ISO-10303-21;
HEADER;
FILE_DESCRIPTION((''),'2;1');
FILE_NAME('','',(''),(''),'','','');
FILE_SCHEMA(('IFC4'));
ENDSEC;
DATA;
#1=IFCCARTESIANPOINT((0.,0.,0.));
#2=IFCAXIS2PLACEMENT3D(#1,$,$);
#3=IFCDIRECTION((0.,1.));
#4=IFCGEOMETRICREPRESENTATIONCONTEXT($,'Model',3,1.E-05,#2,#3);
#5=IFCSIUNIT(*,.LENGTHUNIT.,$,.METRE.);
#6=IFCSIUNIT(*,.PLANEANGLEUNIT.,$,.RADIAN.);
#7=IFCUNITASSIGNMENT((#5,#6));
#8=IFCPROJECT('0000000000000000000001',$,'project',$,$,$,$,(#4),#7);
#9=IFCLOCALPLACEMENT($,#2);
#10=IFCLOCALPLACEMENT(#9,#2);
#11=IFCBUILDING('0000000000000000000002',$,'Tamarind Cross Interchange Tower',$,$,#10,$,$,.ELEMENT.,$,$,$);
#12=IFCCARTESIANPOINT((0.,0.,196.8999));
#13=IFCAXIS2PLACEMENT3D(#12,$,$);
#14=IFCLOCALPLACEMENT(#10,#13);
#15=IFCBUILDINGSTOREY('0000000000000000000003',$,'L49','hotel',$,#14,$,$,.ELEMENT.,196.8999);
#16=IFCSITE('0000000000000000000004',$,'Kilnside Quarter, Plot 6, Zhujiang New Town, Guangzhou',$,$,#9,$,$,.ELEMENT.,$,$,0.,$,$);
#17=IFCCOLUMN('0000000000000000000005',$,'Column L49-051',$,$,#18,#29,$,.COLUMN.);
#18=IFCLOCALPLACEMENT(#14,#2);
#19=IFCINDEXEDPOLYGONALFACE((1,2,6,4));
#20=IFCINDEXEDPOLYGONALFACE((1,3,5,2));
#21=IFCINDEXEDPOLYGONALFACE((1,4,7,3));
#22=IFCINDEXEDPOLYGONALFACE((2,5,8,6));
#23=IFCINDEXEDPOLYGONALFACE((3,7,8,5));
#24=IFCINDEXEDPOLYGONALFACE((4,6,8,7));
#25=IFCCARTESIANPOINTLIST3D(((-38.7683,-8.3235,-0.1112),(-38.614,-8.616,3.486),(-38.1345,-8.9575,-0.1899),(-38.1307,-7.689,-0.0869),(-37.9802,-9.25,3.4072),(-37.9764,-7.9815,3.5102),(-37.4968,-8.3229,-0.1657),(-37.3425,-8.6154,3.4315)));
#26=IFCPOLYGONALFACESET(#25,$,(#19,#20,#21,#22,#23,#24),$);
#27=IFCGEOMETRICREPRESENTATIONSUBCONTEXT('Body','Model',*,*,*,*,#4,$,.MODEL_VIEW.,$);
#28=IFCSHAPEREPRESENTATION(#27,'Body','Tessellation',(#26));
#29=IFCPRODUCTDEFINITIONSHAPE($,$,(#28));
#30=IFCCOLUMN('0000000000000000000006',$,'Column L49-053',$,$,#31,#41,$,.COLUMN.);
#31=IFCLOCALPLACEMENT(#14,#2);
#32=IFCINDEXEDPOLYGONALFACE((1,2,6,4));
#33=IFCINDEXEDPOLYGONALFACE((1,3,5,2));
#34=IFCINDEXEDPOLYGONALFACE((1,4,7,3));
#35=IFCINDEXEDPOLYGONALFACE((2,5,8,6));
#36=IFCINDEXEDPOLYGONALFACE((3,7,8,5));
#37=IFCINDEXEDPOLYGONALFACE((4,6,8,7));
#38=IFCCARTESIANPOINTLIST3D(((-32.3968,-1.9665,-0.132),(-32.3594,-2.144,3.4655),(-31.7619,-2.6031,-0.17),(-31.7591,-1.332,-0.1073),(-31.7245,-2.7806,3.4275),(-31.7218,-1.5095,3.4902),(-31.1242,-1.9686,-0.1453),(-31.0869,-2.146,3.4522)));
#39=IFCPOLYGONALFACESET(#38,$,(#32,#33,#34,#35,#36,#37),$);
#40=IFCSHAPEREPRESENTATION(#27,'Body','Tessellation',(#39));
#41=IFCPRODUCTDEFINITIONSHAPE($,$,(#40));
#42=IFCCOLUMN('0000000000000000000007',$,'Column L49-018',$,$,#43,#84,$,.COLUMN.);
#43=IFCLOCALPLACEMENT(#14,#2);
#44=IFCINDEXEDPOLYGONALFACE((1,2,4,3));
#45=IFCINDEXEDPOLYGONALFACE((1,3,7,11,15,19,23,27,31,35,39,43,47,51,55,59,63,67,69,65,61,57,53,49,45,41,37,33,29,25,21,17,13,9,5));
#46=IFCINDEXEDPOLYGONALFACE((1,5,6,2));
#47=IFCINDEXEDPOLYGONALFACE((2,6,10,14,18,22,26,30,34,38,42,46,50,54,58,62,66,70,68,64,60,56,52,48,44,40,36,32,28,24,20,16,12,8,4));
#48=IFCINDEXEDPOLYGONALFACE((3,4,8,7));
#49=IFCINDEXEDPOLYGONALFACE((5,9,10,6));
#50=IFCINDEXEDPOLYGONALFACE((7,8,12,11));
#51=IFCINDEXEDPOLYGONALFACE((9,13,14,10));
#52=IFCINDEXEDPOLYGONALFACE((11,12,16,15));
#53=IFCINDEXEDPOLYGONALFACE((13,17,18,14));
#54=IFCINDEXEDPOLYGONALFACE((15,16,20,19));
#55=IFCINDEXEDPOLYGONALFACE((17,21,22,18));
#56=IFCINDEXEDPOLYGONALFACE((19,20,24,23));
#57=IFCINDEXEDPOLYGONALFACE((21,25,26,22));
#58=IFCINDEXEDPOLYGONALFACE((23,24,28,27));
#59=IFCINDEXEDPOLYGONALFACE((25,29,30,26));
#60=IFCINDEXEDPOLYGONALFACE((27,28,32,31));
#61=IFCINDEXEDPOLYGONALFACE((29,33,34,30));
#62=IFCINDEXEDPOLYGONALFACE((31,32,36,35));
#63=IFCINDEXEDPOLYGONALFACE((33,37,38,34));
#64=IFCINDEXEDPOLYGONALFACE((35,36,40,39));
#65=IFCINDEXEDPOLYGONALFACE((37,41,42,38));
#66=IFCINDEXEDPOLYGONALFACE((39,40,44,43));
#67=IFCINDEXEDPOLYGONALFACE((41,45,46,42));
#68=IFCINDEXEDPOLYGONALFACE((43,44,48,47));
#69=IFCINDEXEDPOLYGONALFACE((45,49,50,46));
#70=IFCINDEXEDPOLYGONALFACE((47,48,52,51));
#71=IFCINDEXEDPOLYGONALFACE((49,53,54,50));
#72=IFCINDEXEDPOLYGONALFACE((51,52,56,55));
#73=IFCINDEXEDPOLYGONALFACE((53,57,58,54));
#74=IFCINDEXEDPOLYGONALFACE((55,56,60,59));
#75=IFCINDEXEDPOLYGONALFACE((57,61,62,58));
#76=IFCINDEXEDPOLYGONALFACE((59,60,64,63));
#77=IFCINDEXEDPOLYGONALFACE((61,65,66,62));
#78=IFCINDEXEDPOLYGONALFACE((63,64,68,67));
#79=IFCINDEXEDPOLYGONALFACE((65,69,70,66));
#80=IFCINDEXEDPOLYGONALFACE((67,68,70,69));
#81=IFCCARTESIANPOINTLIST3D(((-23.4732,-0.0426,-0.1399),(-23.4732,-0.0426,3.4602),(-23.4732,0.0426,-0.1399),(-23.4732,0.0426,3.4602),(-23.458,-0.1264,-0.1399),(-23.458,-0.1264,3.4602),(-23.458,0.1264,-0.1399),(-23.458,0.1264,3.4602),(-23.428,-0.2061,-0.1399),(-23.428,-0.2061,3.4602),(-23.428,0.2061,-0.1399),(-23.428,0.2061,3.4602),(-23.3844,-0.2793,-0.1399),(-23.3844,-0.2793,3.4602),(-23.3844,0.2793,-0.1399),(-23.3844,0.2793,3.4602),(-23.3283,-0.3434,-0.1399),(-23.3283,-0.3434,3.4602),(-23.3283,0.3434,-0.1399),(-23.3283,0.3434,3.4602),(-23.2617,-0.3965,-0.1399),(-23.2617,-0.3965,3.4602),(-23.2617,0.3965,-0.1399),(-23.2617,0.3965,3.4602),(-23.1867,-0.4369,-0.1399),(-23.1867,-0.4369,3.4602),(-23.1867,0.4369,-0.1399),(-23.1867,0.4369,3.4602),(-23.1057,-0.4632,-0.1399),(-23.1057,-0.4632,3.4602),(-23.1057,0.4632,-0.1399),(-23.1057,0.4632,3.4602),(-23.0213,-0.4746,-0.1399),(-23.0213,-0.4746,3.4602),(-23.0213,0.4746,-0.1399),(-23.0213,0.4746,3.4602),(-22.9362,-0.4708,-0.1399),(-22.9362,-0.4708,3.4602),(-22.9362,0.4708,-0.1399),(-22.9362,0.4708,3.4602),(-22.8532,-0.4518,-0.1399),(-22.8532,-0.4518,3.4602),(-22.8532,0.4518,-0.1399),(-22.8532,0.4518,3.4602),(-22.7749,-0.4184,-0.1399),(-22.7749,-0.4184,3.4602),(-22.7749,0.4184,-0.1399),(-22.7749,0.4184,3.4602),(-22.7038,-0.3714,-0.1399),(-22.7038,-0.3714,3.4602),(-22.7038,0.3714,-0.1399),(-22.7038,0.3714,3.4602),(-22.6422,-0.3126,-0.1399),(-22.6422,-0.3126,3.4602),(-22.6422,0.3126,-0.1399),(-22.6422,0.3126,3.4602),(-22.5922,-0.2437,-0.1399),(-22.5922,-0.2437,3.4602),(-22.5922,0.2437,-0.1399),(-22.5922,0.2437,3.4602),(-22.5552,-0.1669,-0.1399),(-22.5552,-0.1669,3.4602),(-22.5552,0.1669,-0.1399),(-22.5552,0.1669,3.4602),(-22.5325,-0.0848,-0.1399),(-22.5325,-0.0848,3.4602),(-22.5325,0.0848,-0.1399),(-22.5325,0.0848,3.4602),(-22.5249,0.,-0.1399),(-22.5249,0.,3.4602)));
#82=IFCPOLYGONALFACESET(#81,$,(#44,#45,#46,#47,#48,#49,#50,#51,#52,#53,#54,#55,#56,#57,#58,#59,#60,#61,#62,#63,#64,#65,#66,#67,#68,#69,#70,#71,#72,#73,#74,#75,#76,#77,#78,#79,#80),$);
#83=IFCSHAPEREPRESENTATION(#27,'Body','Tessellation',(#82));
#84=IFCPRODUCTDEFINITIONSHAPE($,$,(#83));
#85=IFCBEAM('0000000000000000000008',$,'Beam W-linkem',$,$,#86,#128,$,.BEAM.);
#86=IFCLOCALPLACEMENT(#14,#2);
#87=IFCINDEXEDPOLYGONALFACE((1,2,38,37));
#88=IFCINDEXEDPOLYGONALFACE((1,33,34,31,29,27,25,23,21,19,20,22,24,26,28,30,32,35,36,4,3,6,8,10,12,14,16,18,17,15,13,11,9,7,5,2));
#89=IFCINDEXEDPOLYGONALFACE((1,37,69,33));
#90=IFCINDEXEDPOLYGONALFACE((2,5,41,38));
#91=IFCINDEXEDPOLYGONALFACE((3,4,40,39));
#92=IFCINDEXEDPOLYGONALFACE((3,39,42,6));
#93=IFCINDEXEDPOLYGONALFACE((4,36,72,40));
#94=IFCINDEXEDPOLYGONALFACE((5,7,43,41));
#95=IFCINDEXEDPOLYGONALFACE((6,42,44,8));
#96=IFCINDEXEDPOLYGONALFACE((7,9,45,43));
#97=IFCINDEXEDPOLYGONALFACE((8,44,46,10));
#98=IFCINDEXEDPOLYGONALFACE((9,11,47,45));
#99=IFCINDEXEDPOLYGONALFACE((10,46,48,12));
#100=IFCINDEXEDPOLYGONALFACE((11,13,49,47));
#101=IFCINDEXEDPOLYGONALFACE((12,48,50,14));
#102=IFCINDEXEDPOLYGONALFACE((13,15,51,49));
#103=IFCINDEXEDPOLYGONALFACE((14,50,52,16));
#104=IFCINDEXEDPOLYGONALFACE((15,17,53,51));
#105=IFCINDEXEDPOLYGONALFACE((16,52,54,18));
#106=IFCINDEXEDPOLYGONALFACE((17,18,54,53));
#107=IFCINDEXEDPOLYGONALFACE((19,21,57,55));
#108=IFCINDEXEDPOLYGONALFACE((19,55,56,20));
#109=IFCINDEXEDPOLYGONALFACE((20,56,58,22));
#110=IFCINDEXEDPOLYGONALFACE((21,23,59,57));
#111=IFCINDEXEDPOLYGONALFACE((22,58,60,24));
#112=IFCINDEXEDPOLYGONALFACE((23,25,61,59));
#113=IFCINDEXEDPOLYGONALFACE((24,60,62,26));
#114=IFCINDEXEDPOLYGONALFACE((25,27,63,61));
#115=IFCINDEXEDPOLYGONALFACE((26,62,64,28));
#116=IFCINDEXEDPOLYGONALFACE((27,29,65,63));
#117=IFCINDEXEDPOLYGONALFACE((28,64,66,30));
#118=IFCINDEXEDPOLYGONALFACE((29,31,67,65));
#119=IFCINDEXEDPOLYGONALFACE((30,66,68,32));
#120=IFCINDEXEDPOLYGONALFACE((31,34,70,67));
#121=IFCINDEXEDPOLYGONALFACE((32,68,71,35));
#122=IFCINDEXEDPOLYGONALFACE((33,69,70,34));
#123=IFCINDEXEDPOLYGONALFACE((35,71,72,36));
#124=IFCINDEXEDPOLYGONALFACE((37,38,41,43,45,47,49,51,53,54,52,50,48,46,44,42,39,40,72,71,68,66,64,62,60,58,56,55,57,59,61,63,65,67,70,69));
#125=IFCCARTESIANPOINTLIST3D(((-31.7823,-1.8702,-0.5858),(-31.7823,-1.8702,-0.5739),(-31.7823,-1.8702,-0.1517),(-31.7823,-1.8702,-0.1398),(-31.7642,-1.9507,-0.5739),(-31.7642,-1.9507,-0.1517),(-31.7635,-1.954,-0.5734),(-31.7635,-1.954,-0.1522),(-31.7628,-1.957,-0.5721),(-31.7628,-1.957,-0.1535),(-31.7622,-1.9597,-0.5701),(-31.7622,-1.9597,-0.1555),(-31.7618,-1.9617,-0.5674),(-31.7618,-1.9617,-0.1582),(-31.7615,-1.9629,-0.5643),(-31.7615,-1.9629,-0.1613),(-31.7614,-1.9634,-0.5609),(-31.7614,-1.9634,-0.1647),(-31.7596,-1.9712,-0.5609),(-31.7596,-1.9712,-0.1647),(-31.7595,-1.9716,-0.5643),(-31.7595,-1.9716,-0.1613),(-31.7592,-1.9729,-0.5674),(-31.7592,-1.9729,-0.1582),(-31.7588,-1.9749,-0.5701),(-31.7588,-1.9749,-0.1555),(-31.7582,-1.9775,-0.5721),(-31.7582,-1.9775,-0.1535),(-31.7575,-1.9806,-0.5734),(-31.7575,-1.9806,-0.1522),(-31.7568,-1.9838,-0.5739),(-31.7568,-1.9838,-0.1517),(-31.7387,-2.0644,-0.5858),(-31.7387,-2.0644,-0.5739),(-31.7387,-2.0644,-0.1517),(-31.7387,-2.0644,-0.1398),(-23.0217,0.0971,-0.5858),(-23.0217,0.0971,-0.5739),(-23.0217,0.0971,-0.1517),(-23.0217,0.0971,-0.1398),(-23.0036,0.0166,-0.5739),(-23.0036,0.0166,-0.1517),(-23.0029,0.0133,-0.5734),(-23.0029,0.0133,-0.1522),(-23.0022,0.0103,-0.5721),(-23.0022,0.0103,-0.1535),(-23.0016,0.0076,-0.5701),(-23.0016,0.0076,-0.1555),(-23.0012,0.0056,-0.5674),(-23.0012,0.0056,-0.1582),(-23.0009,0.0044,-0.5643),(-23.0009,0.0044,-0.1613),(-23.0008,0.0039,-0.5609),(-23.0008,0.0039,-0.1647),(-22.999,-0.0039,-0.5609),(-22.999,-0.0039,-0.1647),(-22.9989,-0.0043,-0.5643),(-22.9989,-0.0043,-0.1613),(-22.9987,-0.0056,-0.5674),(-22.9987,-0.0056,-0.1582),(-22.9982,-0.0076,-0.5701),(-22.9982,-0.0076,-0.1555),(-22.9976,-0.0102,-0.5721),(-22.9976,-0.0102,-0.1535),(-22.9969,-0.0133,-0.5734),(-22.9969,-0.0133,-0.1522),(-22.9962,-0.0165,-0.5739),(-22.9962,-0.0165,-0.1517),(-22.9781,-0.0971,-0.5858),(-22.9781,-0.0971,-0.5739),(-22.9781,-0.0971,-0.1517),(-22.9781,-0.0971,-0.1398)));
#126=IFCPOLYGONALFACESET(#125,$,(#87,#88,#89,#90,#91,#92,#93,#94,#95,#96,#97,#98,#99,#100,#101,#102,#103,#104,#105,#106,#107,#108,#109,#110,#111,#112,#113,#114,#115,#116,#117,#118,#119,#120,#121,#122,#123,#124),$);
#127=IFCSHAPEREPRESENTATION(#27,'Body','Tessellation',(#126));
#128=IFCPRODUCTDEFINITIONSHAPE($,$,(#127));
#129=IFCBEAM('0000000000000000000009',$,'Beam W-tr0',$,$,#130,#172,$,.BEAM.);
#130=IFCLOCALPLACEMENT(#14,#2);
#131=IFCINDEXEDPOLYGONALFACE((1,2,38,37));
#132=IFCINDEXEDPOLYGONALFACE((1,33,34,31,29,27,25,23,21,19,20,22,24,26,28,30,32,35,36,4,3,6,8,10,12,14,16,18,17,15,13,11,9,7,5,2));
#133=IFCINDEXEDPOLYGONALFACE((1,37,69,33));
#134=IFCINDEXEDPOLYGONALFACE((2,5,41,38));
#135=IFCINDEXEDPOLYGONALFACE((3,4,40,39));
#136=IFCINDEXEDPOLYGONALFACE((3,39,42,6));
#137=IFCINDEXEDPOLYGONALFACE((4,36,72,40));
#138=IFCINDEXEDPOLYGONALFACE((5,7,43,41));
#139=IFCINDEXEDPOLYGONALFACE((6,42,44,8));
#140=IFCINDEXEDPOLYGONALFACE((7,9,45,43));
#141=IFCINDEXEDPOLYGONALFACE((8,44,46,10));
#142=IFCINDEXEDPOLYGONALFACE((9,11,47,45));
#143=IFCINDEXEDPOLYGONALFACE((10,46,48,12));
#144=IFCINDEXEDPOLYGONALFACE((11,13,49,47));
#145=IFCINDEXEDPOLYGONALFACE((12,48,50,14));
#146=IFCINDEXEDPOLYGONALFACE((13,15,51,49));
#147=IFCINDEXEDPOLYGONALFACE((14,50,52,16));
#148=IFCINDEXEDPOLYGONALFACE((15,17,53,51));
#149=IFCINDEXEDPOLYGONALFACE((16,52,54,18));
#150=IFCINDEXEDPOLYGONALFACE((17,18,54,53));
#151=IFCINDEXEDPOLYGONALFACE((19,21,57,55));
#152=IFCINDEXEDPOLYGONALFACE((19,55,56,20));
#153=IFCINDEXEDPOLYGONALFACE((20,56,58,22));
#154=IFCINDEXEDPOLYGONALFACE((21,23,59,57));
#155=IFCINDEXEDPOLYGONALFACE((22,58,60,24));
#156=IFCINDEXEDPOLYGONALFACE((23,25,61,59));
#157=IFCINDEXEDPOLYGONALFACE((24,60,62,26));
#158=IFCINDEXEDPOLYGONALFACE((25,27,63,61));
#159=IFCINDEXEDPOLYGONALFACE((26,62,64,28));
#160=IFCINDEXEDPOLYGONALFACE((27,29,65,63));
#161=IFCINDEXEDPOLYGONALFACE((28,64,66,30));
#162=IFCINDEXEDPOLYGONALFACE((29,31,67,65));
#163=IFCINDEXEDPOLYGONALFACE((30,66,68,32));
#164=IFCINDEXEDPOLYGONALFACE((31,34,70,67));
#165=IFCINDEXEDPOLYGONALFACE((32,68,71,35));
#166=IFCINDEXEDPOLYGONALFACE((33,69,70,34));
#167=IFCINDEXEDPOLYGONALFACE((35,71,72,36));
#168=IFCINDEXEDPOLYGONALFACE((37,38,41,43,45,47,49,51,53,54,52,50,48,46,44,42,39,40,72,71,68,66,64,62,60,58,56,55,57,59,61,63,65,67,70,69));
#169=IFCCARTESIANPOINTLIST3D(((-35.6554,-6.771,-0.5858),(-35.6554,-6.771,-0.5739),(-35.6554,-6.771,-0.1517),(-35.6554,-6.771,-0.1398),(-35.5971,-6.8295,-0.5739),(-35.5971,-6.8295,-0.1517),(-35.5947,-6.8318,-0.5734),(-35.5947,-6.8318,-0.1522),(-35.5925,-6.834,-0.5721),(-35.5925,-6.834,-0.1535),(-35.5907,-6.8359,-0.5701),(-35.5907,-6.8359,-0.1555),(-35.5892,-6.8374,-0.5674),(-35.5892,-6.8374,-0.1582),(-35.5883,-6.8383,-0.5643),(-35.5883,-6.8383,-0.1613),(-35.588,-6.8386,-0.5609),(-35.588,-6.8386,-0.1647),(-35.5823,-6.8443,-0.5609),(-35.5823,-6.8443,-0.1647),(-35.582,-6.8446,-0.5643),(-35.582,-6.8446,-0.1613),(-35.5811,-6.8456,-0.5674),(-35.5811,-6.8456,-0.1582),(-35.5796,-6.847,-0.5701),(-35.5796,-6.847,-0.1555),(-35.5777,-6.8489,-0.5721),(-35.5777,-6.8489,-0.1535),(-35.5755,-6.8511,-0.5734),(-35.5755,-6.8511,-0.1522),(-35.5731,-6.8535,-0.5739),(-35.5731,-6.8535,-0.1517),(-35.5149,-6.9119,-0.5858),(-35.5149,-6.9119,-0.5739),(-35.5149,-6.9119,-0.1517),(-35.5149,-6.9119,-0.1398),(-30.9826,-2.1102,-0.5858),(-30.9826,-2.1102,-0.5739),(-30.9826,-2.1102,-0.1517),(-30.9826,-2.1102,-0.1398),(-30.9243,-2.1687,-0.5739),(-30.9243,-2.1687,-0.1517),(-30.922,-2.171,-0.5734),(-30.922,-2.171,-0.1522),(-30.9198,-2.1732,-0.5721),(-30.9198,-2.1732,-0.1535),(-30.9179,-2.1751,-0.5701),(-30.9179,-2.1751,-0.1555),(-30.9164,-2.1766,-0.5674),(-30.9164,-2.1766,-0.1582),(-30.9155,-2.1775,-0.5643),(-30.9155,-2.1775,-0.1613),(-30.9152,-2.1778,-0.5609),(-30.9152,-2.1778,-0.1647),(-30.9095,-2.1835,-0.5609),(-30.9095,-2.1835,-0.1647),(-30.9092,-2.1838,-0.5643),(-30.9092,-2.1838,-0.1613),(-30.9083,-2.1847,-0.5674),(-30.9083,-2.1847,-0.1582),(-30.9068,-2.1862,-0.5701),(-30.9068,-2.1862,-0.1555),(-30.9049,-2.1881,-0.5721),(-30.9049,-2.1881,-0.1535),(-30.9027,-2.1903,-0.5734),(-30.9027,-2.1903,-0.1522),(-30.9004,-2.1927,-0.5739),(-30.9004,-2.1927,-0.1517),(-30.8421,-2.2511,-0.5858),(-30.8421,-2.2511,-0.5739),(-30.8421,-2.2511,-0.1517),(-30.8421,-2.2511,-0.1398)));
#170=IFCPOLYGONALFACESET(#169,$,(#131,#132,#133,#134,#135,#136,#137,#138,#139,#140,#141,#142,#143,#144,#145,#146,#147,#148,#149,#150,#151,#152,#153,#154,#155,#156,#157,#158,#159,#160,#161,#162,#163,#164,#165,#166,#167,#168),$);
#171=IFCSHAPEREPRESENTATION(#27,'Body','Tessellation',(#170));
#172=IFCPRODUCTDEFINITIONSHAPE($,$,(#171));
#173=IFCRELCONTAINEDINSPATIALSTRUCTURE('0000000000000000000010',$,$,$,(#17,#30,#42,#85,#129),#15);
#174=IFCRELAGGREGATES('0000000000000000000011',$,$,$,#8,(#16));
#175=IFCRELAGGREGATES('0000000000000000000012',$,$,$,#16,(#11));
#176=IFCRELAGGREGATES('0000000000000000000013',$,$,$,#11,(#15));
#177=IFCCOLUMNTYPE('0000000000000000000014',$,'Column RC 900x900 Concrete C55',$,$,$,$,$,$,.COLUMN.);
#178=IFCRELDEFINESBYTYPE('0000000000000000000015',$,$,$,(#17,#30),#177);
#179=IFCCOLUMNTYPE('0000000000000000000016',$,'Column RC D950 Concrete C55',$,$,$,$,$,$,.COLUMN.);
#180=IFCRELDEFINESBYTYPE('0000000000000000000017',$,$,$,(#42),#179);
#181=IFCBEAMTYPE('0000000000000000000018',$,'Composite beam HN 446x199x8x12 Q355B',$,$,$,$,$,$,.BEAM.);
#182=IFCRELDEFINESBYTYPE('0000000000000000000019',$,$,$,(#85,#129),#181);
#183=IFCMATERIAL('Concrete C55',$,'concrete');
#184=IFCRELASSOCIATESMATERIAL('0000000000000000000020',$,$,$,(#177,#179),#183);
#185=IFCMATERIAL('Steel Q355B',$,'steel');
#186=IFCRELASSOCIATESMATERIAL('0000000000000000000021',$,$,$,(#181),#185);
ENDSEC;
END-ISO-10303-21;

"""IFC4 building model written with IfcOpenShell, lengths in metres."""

from ifc_helpers import new_model, si_unit, direction, frame, origin, origin_2d, place, context, subcontext, project, spatial, rectangle, circle, i_section, extrude, material, material_profile, profile_set, type_object, element, save


model = new_model("IFC4")

# Units and contexts
model_context = context("Model", 3, precision=1e-05, world=origin(), true_north=direction((0.0, 1.0)))
body_context = subcontext(model_context, "Body", "Model", "MODEL_VIEW")
ifc_project = project(units=[si_unit("LENGTHUNIT", "METRE"), si_unit("PLANEANGLEUNIT", "RADIAN")], contexts=[model_context])

# Site, building, storey
site_placement = place(None, origin())
site = spatial("IfcSite", under=ifc_project, at=site_placement, Name="Kilnside Quarter, Plot 6, Zhujiang New Town, Guangzhou", CompositionType="ELEMENT", RefElevation=0.0)
building_placement = place(site_placement, origin())
building = spatial("IfcBuilding", under=site, at=building_placement, Name="Tamarind Cross Interchange Tower", CompositionType="ELEMENT")
storey_placement = place(building_placement, frame((0.0, 0.0, 196.8999)))
storey = spatial("IfcBuildingStorey", under=building, at=storey_placement, Name="L49", Description="hotel", CompositionType="ELEMENT", Elevation=196.8999)

# Columns
ifc_material_1 = material(Name="Concrete C55", Category="concrete")
ifc_material_profile_1 = material_profile(ifc_material_1, rectangle(XDim=0.8999, YDim=0.8999, at=origin_2d()), Name="RC 900x900")
ifc_profile_set_1 = profile_set([ifc_material_profile_1], Name="Concrete C55")
column_type_1 = type_object("IfcColumnType", Name="Column RC 900x900 Concrete C55", PredefinedType="COLUMN", material=ifc_profile_set_1)
column_1_placement = place(storey_placement, frame((-38.1326, -8.3232, -0.1384), z_axis=(0.042714, -0.080967, 0.995801), x_axis=(0.708574, 0.705122, 0.026939)))
element("IfcColumn", 1, at=column_1_placement, inside=storey, type_object=column_type_1, Name="Column L49-051", PredefinedType="COLUMN", context=body_context, shape_type="SweptSolid", body=[
    extrude(rectangle(XDim=0.8999, YDim=0.8999, at=origin_2d()), origin(), (0.0, 0.0, 1.0), 3.6123),
])
column_2_placement = place(storey_placement, frame((-31.7605, -1.9675, -0.1387), z_axis=(0.01037, -0.049276, 0.998731), x_axis=(0.708571, 0.705106, 0.027431)))
element("IfcColumn", 2, at=column_2_placement, inside=storey, type_object=column_type_1, Name="Column L49-053", PredefinedType="COLUMN", context=body_context, shape_type="SweptSolid", body=[
    extrude(rectangle(XDim=0.8999, YDim=0.8999, at=origin_2d()), origin(), (0.0, 0.0, 1.0), 3.6021),
])
ifc_material_profile_2 = material_profile(ifc_material_1, circle(Radius=0.4751, at=origin_2d()), Name="RC D950")
ifc_profile_set_2 = profile_set([ifc_material_profile_2], Name="Concrete C55")
column_type_2 = type_object("IfcColumnType", Name="Column RC D950 Concrete C55", PredefinedType="COLUMN", material=ifc_profile_set_2)
column_3_placement = place(storey_placement, frame((-23.0, 0.0, -0.1399), z_axis=(0.0, 0.0, 1.0), x_axis=(1.0, 0.0, 0.0)))
element("IfcColumn", 3, at=column_3_placement, inside=storey, type_object=column_type_2, Name="Column L49-018", PredefinedType="COLUMN", context=body_context, shape_type="SweptSolid", body=[
    extrude(circle(Radius=0.4751, at=origin_2d()), origin(), (0.0, 0.0, 1.0), 3.6001),
])

# Beams
ifc_material_2 = material(Name="Steel Q355B", Category="steel")
ifc_material_profile_3 = material_profile(ifc_material_2, i_section(OverallWidth=0.199, OverallDepth=0.446, WebThickness=0.0081, FlangeThickness=0.012, FilletRadius=0.0129, at=origin_2d()), Name="HN 446x199x8x12")
ifc_profile_set_3 = profile_set([ifc_material_profile_3], Name="Steel Q355B")
beam_type_1 = type_object("IfcBeamType", Name="Composite beam HN 446x199x8x12 Q355B", PredefinedType="BEAM", material=ifc_profile_set_3)
beam_1_placement = place(storey_placement, frame((-31.7605, -1.9673, -0.3628), z_axis=(0.975701, 0.219106, 0.0), x_axis=(-0.219106, 0.975701, 0.0)))
element("IfcBeam", 4, at=beam_1_placement, inside=storey, type_object=beam_type_1, Name="Beam W-linkem", PredefinedType="BEAM", context=body_context, shape_type="SweptSolid", body=[
    extrude(i_section(OverallWidth=0.199, OverallDepth=0.446, WebThickness=0.0081, FlangeThickness=0.012, FilletRadius=0.0129, at=origin_2d()), origin(), (0.0, 0.0, 1.0), 8.9788),
])
for number, where, z_axis, x_axis, name in (
    (5, (-30.9124, -2.1807, -0.3628), (-0.708012, -0.7062, 0.0), (0.7062, -0.708012, 0.0), "Beam W-tr0"),
):
    element("IfcBeam", number, at=place(storey_placement, frame(where, z_axis=z_axis, x_axis=x_axis)), inside=storey, type_object=beam_type_1, Name=name, PredefinedType="BEAM", context=body_context, shape_type="SweptSolid", body=[
        extrude(i_section(OverallWidth=0.199, OverallDepth=0.446, WebThickness=0.0081, FlangeThickness=0.012, FilletRadius=0.0129, at=origin_2d()), origin(), (0.0, 0.0, 1.0), 6.5999),
    ])

save(model, "model.ifc")
